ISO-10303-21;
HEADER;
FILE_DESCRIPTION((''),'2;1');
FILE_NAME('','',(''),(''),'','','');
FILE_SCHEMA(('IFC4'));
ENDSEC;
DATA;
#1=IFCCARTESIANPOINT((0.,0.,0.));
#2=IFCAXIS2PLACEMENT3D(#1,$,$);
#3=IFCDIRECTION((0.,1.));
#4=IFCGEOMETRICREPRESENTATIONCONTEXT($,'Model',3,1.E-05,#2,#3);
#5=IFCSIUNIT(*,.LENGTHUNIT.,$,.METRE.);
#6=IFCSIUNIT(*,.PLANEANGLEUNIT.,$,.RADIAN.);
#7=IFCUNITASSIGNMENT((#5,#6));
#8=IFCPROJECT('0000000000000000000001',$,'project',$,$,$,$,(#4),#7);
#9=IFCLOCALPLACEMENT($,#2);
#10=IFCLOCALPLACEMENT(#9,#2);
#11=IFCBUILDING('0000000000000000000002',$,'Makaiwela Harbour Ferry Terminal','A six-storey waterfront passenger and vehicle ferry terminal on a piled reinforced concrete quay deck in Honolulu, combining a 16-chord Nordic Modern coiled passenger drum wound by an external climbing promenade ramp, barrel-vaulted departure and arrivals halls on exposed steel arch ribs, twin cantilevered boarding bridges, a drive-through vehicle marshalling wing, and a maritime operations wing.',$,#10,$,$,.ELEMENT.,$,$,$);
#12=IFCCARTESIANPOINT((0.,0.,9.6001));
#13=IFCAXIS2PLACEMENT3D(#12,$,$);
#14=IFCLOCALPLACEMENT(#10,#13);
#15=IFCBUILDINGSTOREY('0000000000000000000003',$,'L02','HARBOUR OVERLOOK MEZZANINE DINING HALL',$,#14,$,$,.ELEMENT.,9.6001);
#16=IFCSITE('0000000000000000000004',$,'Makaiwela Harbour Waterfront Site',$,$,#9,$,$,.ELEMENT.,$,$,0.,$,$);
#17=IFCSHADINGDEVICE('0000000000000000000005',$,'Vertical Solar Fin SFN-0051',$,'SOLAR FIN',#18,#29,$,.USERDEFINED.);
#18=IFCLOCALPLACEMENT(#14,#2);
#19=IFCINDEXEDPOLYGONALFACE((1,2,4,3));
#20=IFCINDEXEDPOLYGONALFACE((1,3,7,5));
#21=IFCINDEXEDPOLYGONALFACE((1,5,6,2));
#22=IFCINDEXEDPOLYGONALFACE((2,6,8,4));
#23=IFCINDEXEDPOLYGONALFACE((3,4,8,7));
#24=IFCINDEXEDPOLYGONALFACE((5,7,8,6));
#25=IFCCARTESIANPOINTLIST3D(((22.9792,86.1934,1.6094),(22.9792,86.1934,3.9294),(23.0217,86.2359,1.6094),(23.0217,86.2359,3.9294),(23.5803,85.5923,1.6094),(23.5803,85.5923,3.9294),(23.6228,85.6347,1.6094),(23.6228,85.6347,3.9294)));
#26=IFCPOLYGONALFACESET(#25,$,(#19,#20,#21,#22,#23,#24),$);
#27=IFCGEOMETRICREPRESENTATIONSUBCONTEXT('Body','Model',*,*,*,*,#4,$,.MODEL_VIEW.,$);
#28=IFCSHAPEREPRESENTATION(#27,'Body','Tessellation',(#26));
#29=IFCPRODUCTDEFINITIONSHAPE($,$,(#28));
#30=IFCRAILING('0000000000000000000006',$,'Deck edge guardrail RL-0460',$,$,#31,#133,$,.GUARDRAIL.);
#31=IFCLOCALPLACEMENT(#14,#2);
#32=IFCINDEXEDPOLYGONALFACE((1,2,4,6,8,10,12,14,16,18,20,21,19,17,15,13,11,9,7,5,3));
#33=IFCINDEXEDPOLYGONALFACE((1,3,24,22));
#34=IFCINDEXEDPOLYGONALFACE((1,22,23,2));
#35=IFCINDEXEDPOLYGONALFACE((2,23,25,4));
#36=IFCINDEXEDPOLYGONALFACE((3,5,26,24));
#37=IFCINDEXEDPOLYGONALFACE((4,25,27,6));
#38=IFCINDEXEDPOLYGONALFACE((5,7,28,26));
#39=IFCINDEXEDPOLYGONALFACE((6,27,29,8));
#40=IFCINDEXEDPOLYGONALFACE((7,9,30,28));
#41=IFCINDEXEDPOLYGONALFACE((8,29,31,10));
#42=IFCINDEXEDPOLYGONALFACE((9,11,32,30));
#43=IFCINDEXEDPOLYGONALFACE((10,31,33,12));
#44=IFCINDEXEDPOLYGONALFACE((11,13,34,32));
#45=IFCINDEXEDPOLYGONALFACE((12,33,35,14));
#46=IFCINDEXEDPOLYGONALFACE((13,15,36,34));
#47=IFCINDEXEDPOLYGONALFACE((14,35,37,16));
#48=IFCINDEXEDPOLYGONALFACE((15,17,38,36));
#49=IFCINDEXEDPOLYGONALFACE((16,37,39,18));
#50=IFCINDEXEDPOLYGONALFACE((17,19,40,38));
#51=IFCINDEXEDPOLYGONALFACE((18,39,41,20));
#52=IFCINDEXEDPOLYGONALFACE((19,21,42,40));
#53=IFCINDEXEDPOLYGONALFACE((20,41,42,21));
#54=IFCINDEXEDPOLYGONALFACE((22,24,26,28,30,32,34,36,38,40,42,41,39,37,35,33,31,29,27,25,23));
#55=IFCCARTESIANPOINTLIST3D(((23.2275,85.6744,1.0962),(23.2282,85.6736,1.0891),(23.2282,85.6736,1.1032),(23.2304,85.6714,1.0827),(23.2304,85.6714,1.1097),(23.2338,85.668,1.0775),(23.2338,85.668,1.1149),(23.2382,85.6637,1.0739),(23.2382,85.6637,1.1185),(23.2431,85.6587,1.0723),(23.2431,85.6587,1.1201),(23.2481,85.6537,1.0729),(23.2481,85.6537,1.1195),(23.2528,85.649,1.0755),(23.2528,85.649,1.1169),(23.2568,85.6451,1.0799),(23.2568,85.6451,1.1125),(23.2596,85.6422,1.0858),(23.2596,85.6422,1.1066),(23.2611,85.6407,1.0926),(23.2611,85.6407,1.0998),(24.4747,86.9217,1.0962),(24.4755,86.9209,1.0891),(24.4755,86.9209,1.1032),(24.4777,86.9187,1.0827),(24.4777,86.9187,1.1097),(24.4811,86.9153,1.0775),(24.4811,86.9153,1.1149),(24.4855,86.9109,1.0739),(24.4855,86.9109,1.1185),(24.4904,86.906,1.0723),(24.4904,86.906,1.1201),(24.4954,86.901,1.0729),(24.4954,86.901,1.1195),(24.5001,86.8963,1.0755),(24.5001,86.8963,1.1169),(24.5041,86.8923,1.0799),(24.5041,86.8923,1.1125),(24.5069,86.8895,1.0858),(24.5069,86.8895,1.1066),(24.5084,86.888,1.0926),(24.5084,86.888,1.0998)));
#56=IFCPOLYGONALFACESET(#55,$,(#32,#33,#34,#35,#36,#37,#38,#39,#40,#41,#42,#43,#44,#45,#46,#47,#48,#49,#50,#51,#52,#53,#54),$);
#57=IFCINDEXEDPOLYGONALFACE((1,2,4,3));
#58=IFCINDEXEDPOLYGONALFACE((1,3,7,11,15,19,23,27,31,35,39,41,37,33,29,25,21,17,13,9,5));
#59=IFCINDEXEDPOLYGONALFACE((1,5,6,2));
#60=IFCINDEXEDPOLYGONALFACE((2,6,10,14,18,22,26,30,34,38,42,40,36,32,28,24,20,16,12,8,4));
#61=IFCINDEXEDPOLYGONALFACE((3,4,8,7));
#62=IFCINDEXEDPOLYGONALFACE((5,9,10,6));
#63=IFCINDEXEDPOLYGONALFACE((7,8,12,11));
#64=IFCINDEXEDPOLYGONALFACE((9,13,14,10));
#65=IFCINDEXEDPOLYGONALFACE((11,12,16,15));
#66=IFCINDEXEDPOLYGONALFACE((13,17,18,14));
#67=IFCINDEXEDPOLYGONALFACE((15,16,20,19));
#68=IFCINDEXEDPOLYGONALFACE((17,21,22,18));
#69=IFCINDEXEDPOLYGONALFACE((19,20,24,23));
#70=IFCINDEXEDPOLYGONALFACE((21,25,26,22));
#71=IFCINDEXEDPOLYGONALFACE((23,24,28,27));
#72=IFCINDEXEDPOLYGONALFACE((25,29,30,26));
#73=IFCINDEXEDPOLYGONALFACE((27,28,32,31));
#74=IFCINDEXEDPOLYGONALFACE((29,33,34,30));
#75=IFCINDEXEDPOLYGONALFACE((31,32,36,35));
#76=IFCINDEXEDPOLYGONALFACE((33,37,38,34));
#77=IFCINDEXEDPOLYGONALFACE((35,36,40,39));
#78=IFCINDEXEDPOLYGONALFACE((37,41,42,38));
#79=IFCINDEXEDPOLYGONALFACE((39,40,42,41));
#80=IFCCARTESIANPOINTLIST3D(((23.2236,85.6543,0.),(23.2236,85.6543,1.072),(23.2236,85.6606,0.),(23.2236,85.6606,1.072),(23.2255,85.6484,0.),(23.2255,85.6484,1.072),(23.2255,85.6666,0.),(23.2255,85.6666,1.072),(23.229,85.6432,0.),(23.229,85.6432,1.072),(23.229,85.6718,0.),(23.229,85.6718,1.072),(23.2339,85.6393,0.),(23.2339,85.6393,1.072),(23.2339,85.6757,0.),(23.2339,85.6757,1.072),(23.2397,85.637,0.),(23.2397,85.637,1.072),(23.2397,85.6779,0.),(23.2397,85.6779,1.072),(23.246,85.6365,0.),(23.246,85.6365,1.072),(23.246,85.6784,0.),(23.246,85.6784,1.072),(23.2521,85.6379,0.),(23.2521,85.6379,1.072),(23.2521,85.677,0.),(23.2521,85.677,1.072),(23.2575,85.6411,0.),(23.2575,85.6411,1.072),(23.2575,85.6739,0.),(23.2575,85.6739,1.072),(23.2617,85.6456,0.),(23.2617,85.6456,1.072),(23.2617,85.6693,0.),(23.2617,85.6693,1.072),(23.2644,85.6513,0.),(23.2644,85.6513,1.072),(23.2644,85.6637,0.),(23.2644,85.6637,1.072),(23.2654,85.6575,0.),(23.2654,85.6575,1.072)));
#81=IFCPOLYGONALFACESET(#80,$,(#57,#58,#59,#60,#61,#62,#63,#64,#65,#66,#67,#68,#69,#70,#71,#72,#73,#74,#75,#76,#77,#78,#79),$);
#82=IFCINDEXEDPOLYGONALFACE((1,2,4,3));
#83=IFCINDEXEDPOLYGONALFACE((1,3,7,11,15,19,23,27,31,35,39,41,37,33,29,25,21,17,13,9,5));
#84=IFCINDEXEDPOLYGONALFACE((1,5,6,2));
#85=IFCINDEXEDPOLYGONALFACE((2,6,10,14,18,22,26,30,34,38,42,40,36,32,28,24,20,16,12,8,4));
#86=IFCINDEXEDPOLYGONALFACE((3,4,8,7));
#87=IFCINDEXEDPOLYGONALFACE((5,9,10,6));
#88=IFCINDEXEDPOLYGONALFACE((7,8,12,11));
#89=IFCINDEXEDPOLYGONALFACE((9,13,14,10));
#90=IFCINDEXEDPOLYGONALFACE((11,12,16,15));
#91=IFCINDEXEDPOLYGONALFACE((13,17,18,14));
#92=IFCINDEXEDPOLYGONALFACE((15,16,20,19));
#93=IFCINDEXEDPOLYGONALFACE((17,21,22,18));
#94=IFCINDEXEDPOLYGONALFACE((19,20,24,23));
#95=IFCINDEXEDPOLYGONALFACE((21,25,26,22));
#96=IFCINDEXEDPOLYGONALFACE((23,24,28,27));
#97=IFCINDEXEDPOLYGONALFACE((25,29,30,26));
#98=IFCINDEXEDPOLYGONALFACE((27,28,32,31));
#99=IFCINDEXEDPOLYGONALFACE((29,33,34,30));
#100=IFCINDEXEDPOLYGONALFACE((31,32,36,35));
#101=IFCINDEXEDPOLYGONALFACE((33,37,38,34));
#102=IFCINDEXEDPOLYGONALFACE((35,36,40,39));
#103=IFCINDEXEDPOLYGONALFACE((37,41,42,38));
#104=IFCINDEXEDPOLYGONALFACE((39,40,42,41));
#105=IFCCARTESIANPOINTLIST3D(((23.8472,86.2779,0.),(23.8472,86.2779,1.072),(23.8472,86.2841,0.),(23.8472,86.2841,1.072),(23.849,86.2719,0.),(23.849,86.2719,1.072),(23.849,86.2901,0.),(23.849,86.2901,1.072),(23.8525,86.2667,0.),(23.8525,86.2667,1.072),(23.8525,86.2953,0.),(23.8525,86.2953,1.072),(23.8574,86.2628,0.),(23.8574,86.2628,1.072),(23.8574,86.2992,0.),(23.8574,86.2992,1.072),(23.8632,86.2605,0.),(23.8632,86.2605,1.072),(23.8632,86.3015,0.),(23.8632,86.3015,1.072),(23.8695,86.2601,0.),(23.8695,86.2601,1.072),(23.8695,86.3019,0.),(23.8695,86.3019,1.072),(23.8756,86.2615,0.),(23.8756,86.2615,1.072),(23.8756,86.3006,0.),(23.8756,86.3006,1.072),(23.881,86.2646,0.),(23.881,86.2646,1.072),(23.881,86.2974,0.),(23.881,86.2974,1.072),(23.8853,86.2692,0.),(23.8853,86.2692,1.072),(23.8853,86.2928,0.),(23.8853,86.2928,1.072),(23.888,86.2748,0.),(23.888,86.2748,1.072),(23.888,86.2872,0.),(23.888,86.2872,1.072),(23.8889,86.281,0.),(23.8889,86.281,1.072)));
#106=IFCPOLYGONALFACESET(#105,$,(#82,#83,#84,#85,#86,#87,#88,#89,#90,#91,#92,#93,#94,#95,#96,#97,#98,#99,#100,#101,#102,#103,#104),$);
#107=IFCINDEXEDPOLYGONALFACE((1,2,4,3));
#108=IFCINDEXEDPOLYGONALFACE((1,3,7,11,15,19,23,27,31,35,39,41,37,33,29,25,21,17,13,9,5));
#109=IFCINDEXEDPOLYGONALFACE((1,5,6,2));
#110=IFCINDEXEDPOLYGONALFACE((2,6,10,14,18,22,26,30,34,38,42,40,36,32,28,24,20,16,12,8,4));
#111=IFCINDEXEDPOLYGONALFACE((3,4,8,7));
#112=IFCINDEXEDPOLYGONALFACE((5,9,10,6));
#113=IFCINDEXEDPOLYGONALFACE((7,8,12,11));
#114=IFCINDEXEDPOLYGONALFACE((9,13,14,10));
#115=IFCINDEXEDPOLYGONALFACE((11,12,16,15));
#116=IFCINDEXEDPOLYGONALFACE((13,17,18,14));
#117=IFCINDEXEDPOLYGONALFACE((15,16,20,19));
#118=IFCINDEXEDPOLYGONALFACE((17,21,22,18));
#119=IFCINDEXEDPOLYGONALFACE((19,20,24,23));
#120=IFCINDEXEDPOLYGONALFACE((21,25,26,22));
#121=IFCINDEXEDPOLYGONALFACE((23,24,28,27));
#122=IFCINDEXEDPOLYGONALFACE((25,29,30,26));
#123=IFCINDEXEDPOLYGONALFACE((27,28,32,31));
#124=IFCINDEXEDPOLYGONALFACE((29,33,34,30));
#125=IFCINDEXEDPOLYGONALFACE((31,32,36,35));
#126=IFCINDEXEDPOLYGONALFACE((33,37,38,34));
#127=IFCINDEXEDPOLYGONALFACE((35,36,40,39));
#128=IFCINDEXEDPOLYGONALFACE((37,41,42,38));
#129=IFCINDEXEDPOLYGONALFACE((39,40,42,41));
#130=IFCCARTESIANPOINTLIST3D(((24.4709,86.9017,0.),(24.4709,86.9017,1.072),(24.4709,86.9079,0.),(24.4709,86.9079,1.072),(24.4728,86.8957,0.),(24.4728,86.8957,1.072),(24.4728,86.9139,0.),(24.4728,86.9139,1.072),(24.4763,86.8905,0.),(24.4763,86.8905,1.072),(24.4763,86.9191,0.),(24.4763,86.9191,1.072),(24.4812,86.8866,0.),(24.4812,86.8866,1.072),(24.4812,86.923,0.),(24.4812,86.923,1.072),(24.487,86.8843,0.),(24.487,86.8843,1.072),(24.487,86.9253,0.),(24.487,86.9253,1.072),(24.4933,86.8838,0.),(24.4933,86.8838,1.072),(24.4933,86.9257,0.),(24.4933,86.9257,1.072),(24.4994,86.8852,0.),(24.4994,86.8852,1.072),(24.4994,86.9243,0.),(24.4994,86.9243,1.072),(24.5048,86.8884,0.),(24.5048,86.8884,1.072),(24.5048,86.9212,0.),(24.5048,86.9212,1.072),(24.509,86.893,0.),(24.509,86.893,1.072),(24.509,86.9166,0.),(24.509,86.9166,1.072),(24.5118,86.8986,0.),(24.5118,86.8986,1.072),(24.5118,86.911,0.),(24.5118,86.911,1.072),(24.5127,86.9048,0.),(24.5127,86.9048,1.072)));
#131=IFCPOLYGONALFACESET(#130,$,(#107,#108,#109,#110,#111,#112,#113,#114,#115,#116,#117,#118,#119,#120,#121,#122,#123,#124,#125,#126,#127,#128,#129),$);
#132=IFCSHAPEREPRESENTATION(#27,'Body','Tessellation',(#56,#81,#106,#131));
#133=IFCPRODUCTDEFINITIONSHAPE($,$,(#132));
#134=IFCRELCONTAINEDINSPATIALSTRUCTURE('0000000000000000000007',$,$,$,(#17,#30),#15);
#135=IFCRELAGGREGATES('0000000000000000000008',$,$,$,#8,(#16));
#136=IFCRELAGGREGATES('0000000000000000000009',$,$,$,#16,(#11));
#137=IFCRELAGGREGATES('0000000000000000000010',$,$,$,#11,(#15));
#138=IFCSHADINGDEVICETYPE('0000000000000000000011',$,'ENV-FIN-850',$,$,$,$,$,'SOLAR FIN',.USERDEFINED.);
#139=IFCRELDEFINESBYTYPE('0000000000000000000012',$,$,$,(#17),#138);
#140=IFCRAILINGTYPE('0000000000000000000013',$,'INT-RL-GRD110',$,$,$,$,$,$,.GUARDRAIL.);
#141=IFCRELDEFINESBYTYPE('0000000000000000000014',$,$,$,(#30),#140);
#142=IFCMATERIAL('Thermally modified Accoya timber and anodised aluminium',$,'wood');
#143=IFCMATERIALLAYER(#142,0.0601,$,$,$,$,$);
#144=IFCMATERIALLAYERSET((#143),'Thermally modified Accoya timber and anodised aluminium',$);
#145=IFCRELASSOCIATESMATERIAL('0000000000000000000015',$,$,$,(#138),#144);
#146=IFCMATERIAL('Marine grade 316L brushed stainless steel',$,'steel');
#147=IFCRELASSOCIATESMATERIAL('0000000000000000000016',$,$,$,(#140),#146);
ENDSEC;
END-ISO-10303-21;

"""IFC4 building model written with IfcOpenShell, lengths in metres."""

from ifc_helpers import new_model, si_unit, direction, frame, origin, origin_2d, place, context, subcontext, project, spatial, rectangle, circle, extrude, material, layer, layer_set, type_object, element, save


model = new_model("IFC4")

# Units and contexts
model_context = context("Model", 3, precision=1e-05, world=origin(), true_north=direction((0.0, 1.0)))
body_context = subcontext(model_context, "Body", "Model", "MODEL_VIEW")
ifc_project = project(units=[si_unit("LENGTHUNIT", "METRE"), si_unit("PLANEANGLEUNIT", "RADIAN")], contexts=[model_context])

# Site, building, storey
site_placement = place(None, origin())
site = spatial("IfcSite", under=ifc_project, at=site_placement, Name="Makaiwela Harbour Waterfront Site", CompositionType="ELEMENT", RefElevation=0.0)
building_placement = place(site_placement, origin())
building = spatial("IfcBuilding", under=site, at=building_placement, Name="Makaiwela Harbour Ferry Terminal", Description="A six-storey waterfront passenger and vehicle ferry terminal on a piled reinforced concrete quay deck in Honolulu, combining a 16-chord Nordic Modern coiled passenger drum wound by an external climbing promenade ramp, barrel-vaulted departure and arrivals halls on exposed steel arch ribs, twin cantilevered boarding bridges, a drive-through vehicle marshalling wing, and a maritime operations wing.", CompositionType="ELEMENT")
storey_placement = place(building_placement, frame((0.0, 0.0, 9.6001)))
storey = spatial("IfcBuildingStorey", under=building, at=storey_placement, Name="L02", Description="HARBOUR OVERLOOK MEZZANINE DINING HALL", CompositionType="ELEMENT", Elevation=9.6001)

# Shading device
ifc_material_1 = material(Name="Thermally modified Accoya timber and anodised aluminium", Category="wood")
ifc_layer_1 = layer(ifc_material_1, 0.0601)
ifc_layer_set_1 = layer_set([ifc_layer_1], Name="Thermally modified Accoya timber and anodised aluminium")
shading_device_type = type_object("IfcShadingDeviceType", Name="ENV-FIN-850", ElementType="SOLAR FIN", PredefinedType="USERDEFINED", material=ifc_layer_set_1)
shading_device_placement = place(storey_placement, frame((23.301, 85.9141, 1.6094), z_axis=(0.0, 0.0, 1.0), x_axis=(-0.707107, 0.707107, 0.0)))
element("IfcShadingDevice", 1, at=shading_device_placement, inside=storey, type_object=shading_device_type, Name="Vertical Solar Fin SFN-0051", ObjectType="SOLAR FIN", PredefinedType="USERDEFINED", context=body_context, shape_type="SweptSolid", body=[
    extrude(rectangle(XDim=0.8501, YDim=0.0601, at=origin_2d()), origin(), (0.0, 0.0, 1.0), 2.3201),
])

# Railing
ifc_material_2 = material(Name="Marine grade 316L brushed stainless steel", Category="steel")
railing_type = type_object("IfcRailingType", Name="INT-RL-GRD110", PredefinedType="GUARDRAIL", material=ifc_material_2)
railing_placement = place(storey_placement, frame((23.2444, 85.6575, 0.0)))
element("IfcRailing", 2, at=railing_placement, inside=storey, type_object=railing_type, Name="Deck edge guardrail RL-0460", PredefinedType="GUARDRAIL", context=body_context, shape_type="SweptSolid", body=[
    extrude(circle(Radius=0.0239, at=origin_2d()), frame((0.0, 0.0, 1.0962), z_axis=(0.707107, 0.707107, 0.0), x_axis=(-0.707107, 0.707107, 0.0)), (0.0, 0.0, 1.0), 1.7639),
    extrude(circle(Radius=0.021, at=origin_2d()), origin(), (0.0, 0.0, 1.0), 1.072),
    extrude(circle(Radius=0.021, at=origin_2d()), frame((0.6235, 0.6235, 0.0)), (0.0, 0.0, 1.0), 1.072),
    extrude(circle(Radius=0.021, at=origin_2d()), frame((1.2473, 1.2473, 0.0)), (0.0, 0.0, 1.0), 1.072),
])

save(model, "model.ifc")
